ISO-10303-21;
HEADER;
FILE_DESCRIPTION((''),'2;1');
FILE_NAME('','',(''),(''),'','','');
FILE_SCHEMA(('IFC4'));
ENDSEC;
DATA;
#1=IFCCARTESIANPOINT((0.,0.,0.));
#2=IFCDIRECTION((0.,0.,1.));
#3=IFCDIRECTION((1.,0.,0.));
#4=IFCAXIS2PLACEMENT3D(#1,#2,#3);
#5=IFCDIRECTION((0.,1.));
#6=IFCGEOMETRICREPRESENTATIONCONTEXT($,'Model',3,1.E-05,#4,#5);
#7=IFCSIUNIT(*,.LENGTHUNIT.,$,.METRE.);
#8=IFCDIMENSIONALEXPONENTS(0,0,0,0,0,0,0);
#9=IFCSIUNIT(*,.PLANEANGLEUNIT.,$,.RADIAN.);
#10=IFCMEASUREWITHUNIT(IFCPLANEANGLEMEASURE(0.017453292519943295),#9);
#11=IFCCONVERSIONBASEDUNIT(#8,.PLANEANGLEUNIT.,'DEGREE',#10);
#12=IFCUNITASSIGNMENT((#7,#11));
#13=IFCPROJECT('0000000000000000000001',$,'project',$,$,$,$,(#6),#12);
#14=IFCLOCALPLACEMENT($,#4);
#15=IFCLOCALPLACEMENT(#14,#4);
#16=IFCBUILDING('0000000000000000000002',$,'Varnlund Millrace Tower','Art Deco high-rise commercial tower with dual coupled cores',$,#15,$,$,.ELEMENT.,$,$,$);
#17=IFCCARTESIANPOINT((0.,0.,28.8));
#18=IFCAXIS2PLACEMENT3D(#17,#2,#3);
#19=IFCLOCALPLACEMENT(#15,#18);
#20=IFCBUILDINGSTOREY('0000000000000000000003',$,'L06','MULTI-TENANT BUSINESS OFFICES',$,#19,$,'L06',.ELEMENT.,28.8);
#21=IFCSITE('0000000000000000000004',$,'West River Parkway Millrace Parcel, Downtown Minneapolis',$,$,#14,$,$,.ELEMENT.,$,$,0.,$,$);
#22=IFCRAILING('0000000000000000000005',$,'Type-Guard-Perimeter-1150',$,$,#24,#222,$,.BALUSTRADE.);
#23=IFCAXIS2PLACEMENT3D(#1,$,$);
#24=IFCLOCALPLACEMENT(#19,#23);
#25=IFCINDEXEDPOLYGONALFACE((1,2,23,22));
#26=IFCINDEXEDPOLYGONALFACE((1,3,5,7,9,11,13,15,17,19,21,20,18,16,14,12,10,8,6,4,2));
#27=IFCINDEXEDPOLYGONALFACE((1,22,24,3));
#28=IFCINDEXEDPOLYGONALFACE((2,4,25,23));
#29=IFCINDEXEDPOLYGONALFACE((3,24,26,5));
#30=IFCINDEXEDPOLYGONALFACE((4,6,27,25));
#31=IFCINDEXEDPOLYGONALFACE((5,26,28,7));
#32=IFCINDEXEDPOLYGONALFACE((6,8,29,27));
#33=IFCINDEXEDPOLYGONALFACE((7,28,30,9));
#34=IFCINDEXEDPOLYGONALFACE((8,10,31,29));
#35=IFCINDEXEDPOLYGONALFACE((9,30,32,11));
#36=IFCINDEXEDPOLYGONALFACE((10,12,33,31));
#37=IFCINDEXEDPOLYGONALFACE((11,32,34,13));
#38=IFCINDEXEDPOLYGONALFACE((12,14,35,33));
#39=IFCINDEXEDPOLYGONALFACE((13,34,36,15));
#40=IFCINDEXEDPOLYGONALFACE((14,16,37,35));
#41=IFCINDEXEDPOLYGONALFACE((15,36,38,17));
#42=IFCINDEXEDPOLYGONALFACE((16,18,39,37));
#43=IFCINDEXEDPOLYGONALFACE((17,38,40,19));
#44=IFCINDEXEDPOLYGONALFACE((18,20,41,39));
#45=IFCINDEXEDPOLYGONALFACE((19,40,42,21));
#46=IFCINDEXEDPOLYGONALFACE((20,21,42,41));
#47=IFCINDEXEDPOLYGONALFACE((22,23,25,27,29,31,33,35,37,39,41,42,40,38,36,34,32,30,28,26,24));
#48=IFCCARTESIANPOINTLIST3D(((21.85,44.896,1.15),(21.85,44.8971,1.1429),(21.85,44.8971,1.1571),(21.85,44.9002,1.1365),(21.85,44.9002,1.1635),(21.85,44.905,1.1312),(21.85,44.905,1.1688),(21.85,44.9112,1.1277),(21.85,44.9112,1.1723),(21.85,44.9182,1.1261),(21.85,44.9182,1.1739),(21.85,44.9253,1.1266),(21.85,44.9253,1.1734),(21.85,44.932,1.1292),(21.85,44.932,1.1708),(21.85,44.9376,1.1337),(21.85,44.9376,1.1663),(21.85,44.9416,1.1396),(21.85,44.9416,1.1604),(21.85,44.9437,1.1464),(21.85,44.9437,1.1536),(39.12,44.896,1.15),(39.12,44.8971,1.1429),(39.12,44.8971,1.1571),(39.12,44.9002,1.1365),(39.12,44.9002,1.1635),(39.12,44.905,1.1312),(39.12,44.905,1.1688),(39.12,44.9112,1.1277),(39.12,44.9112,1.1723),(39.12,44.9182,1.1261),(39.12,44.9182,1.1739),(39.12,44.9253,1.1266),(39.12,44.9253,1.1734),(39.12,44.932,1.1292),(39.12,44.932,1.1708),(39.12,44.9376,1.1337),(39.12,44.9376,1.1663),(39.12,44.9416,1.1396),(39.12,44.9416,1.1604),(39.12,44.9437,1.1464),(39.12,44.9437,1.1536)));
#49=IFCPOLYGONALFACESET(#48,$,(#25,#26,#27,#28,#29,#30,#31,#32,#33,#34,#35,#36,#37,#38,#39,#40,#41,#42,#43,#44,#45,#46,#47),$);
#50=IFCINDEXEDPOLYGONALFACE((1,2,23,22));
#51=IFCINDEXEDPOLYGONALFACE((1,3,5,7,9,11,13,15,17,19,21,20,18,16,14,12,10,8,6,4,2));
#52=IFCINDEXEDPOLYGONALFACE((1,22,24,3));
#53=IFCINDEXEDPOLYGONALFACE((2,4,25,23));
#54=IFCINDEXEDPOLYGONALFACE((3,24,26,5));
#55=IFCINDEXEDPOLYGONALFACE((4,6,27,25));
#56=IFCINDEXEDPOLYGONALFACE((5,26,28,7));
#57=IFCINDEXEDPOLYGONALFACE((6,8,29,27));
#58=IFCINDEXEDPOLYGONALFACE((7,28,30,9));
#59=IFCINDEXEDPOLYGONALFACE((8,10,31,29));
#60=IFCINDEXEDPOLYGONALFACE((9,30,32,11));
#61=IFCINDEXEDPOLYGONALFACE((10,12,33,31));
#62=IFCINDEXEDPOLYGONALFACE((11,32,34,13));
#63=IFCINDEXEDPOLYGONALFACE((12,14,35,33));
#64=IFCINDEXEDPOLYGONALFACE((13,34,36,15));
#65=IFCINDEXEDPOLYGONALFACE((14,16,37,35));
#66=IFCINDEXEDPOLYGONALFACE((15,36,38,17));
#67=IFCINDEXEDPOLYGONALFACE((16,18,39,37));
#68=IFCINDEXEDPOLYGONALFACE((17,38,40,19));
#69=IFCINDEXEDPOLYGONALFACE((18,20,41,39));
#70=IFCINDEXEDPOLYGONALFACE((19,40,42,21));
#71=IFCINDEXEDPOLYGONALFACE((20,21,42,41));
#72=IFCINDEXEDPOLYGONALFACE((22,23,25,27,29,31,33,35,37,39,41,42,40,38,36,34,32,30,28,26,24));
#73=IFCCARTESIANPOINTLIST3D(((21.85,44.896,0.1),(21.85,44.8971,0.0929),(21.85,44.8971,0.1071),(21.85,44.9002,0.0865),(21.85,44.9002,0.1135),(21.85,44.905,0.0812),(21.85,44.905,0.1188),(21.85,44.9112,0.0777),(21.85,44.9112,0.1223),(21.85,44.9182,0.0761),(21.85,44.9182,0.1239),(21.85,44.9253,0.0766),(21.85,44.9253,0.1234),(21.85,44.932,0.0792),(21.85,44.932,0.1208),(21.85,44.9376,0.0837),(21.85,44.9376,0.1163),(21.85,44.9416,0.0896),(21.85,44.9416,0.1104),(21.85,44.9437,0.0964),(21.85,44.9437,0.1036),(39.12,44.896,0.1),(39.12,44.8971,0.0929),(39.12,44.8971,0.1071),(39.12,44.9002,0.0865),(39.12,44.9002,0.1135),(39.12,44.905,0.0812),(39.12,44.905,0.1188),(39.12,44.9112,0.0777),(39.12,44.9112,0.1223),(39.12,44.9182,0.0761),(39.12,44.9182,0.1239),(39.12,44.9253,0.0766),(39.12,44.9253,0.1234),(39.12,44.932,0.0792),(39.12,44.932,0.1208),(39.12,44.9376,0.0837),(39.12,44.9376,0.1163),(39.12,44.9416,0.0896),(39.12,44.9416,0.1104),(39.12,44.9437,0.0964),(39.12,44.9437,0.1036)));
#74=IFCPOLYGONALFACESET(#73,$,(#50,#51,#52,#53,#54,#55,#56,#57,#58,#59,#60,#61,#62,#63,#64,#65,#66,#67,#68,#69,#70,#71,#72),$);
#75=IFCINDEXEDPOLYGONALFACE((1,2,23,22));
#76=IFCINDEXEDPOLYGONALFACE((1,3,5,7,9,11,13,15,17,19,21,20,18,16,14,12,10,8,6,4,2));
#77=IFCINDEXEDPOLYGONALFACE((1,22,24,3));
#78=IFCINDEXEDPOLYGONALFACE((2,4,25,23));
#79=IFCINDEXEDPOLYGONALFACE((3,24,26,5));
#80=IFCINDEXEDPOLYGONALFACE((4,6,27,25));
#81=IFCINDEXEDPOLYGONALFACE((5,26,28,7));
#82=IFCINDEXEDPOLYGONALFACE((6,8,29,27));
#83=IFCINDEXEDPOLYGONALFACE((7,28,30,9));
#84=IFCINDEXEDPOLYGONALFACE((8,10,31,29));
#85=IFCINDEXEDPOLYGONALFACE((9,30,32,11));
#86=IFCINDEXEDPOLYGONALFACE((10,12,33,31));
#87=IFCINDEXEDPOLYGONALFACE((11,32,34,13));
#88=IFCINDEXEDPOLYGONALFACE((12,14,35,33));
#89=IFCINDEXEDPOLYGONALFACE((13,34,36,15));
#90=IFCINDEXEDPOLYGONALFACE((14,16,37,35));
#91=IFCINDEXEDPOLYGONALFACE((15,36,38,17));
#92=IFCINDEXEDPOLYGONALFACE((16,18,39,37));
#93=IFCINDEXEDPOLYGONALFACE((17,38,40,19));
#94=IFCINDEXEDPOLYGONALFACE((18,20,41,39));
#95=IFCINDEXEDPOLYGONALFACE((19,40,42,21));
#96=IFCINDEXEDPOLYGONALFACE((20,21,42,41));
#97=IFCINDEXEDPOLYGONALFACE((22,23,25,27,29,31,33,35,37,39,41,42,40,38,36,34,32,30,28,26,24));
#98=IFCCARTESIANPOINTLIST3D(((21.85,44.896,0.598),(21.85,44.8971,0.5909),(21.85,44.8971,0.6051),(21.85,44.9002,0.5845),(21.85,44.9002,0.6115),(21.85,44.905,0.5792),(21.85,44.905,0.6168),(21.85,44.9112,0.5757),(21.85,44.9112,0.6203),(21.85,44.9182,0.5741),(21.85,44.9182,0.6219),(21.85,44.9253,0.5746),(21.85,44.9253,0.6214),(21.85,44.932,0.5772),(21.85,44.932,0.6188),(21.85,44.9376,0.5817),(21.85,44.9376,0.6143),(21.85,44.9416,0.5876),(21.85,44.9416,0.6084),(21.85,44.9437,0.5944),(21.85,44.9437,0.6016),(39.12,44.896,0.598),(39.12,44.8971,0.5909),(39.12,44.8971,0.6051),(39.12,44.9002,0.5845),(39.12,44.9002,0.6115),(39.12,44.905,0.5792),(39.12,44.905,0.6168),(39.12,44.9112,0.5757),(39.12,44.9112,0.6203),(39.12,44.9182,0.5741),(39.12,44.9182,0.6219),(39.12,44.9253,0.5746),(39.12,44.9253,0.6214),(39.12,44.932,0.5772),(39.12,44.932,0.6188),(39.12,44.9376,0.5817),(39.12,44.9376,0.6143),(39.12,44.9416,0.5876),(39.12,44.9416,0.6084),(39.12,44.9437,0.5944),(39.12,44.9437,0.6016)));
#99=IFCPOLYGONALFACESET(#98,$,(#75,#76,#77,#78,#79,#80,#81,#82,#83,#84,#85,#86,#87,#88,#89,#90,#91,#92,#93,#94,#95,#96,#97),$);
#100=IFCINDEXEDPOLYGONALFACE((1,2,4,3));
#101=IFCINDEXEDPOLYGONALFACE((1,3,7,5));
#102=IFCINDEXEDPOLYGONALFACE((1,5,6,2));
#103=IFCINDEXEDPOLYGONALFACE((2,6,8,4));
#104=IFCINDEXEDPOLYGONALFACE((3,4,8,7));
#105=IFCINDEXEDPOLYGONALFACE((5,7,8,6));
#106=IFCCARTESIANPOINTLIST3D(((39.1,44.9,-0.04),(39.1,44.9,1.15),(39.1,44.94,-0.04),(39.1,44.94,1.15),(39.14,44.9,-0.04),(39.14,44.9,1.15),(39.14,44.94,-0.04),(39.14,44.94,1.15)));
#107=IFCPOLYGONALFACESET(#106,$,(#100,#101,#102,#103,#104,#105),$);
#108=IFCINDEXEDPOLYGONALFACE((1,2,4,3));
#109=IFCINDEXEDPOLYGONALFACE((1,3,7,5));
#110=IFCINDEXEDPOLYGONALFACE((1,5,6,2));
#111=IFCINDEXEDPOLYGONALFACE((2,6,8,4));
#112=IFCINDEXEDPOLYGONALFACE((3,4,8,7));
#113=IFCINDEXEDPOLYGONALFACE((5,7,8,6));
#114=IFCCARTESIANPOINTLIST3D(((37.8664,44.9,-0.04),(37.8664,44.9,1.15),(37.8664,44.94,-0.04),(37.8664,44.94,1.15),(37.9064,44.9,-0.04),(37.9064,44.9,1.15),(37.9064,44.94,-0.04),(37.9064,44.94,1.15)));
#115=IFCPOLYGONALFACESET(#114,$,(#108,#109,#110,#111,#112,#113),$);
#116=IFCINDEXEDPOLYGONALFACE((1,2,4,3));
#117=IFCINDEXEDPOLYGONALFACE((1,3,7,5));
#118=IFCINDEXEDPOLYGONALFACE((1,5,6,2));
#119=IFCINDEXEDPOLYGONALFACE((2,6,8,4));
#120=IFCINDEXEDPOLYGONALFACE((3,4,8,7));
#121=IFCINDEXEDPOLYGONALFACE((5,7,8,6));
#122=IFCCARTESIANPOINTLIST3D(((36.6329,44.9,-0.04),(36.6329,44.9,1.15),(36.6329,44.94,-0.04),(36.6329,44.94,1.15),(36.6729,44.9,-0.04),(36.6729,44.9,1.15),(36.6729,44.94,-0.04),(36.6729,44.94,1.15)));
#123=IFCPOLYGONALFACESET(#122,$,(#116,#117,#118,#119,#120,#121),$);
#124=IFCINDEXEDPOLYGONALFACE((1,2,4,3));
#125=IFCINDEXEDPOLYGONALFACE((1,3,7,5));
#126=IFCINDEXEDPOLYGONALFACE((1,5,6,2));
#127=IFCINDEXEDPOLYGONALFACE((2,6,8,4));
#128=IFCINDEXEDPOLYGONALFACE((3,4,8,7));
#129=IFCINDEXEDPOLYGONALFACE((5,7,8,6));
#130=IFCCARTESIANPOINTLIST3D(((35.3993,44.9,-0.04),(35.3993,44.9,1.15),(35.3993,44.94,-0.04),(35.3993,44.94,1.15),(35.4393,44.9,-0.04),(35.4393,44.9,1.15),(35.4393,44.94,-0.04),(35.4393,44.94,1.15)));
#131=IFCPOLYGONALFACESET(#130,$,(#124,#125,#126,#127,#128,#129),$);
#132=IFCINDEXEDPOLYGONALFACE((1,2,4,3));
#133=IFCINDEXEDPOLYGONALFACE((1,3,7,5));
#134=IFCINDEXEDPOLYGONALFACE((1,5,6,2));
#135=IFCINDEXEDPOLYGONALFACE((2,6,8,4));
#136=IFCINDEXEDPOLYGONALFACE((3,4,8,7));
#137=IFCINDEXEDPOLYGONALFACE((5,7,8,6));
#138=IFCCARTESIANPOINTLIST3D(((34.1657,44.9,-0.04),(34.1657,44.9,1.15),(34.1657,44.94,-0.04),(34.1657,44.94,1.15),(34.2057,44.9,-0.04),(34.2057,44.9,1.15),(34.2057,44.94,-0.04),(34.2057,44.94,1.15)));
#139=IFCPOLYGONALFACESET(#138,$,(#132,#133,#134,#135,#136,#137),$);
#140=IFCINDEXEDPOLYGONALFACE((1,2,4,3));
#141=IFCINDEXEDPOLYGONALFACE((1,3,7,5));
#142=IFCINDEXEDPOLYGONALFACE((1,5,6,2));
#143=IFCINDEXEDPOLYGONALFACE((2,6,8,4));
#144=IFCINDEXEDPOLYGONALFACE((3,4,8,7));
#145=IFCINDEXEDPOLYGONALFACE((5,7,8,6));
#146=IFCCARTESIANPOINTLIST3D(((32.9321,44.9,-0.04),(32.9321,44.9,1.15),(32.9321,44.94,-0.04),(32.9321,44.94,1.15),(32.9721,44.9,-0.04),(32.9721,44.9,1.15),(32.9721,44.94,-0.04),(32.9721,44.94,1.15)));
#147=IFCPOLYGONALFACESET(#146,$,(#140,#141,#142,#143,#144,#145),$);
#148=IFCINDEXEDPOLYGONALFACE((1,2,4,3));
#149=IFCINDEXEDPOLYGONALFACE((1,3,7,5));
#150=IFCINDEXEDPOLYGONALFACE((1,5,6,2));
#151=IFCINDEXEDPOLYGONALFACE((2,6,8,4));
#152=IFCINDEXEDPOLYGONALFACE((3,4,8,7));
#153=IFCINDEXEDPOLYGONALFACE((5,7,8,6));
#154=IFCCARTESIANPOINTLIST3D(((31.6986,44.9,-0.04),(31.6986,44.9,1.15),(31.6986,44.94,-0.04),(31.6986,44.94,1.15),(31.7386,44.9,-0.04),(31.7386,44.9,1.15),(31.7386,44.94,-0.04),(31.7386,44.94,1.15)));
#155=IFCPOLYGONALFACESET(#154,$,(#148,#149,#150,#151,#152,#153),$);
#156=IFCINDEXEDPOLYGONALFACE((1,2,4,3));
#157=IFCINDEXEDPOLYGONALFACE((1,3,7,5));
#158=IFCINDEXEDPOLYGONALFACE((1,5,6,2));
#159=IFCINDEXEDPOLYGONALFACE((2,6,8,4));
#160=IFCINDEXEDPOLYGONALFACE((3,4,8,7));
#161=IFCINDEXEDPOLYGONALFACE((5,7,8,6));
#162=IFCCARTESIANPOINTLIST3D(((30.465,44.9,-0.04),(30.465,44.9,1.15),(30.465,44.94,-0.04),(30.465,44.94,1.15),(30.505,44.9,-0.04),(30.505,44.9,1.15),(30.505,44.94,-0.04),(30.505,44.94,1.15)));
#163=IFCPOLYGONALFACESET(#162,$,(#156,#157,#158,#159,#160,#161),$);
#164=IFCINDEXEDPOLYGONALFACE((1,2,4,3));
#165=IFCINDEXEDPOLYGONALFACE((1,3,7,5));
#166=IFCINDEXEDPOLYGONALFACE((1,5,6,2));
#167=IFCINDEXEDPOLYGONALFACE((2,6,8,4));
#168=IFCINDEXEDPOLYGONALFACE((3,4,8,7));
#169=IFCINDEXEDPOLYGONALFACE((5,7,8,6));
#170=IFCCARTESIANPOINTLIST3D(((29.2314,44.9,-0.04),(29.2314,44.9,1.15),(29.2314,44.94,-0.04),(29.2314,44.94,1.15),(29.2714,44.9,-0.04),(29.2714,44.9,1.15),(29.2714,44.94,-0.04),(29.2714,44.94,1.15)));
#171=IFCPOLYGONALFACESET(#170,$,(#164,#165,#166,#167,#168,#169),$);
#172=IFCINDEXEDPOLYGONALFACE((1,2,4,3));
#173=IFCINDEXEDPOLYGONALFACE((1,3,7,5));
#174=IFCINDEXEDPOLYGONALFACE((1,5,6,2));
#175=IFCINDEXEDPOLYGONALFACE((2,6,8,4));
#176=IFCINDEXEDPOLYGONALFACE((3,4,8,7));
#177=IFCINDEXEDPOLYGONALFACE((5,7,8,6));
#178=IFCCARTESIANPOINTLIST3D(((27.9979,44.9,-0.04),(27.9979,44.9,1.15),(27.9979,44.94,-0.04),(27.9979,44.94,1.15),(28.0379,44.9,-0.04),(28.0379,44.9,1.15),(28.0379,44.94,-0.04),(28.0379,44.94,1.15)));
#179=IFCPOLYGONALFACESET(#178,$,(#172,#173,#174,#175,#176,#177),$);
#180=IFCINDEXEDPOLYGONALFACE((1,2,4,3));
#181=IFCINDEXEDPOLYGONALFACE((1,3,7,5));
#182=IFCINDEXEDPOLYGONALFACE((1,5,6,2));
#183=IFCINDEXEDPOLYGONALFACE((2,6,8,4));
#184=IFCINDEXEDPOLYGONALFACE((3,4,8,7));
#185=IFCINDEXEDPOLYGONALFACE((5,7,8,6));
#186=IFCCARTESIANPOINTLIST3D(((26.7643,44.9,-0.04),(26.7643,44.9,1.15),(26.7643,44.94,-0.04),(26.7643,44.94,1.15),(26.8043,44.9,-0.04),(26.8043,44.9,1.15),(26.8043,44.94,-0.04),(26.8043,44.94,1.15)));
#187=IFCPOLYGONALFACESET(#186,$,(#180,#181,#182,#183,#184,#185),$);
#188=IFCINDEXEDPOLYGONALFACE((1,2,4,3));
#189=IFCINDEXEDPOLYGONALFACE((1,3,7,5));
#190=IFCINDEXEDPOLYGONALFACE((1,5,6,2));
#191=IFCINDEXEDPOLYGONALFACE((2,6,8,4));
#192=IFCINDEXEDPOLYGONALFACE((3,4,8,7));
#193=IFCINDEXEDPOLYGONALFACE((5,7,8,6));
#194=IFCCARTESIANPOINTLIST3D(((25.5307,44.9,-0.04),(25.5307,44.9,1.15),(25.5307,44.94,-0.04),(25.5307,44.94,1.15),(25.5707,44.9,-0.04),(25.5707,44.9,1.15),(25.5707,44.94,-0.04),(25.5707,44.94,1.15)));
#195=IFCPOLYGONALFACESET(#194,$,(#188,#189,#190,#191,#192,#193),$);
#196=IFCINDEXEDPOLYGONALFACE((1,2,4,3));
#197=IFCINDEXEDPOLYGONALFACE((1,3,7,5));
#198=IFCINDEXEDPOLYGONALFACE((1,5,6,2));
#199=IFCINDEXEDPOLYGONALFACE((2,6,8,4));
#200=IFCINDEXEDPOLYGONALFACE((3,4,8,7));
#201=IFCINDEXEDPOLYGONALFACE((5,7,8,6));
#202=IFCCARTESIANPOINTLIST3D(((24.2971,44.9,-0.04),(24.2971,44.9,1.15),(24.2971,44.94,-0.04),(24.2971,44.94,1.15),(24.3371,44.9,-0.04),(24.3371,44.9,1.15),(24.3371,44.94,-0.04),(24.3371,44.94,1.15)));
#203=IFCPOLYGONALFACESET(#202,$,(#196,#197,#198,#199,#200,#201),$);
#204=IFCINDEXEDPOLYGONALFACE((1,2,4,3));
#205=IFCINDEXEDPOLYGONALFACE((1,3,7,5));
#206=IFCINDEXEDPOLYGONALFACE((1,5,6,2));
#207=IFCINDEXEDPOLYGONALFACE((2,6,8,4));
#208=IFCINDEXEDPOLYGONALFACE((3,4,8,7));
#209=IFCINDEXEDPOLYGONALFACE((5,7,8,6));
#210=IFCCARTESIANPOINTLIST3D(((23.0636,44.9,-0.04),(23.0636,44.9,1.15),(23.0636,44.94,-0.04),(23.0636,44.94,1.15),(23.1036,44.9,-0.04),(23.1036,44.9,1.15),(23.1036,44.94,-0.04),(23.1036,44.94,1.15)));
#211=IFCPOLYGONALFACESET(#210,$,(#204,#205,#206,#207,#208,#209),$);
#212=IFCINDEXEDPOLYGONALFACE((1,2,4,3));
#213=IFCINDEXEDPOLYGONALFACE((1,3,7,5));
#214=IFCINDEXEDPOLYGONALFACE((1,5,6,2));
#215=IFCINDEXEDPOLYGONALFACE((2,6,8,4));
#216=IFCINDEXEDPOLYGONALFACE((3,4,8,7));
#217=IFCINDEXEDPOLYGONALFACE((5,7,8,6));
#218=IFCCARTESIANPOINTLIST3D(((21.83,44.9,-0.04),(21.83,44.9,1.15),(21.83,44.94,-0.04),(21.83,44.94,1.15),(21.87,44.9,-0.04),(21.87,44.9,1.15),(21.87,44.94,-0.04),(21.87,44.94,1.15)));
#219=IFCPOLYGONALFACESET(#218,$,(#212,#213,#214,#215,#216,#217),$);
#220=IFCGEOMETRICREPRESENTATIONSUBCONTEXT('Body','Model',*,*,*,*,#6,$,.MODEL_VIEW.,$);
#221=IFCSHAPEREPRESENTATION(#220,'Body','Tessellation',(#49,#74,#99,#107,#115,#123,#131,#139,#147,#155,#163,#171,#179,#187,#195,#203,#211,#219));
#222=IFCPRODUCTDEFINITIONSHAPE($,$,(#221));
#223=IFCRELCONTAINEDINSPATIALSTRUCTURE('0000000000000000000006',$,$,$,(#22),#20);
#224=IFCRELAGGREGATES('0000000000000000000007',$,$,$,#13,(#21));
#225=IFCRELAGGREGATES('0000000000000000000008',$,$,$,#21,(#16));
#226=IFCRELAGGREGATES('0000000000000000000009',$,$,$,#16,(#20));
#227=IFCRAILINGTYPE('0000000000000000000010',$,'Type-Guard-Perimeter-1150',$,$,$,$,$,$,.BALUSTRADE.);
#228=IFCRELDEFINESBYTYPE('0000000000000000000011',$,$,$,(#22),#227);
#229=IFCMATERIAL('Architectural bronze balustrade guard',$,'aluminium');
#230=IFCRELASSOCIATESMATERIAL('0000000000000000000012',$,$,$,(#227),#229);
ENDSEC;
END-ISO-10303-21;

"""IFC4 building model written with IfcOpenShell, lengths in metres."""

from ifc_helpers import new_model, entity, si_unit, converted_unit, direction, frame, origin_with_axes, origin_2d_with_axis, place, context, subcontext, project, spatial, rectangle, circle, extrude, material, type_object, element, save


model = new_model("IFC4")

# Units and contexts
model_context = context("Model", 3, precision=1e-05, world=origin_with_axes(), true_north=direction((0.0, 1.0)))
body_context = subcontext(model_context, "Body", "Model", "MODEL_VIEW")
ifc_project = project(units=[si_unit("LENGTHUNIT", "METRE"), converted_unit("PLANEANGLEUNIT", "DEGREE", entity("IfcPlaneAngleMeasure", 0.017453292519943295), si_unit("PLANEANGLEUNIT", "RADIAN"), dimensions=[0, 0, 0, 0, 0, 0, 0])], contexts=[model_context])

# Site, building, storey
site_placement = place(None, origin_with_axes())
site = spatial("IfcSite", under=ifc_project, at=site_placement, Name="West River Parkway Millrace Parcel, Downtown Minneapolis", CompositionType="ELEMENT", RefElevation=0.0)
building_placement = place(site_placement, origin_with_axes())
building = spatial("IfcBuilding", under=site, at=building_placement, Name="Varnlund Millrace Tower", Description="Art Deco high-rise commercial tower with dual coupled cores", CompositionType="ELEMENT")
storey_placement = place(building_placement, frame((0.0, 0.0, 28.8), z_axis=(0.0, 0.0, 1.0), x_axis=(1.0, 0.0, 0.0)))
storey = spatial("IfcBuildingStorey", under=building, at=storey_placement, Name="L06", Description="MULTI-TENANT BUSINESS OFFICES", LongName="L06", CompositionType="ELEMENT", Elevation=28.8)

# Railing
ifc_material_1 = material(Name="Architectural bronze balustrade guard", Category="aluminium")
railing_type_1 = type_object("IfcRailingType", Name="Type-Guard-Perimeter-1150", PredefinedType="BALUSTRADE", material=ifc_material_1)
railing_1_placement = place(storey_placement, frame((0.0, 0.0, -28.8), z_axis=(0.0, 0.0, 1.0), x_axis=(1.0, 0.0, 0.0)))
element("IfcRailing", 1, at=railing_1_placement, inside=storey, type_object=railing_type_1, Name="Type-Guard-Perimeter-1150", PredefinedType="BALUSTRADE", context=body_context, shape_type="SweptSolid", body=[
    extrude(circle(Radius=0.024, at=origin_2d_with_axis()), frame((39.12, 44.92, 29.95), z_axis=(-1.0, 0.0, 0.0), x_axis=(0.0, -1.0, 0.0)), (0.0, 0.0, 1.0), 17.27),
    extrude(circle(Radius=0.024, at=origin_2d_with_axis()), frame((39.12, 44.92, 28.9), z_axis=(-1.0, 0.0, 0.0), x_axis=(0.0, -1.0, 0.0)), (0.0, 0.0, 1.0), 17.27),
    extrude(circle(Radius=0.024, at=origin_2d_with_axis()), frame((39.12, 44.92, 29.398), z_axis=(-1.0, 0.0, 0.0), x_axis=(0.0, -1.0, 0.0)), (0.0, 0.0, 1.0), 17.27),
    extrude(rectangle(XDim=0.04, YDim=0.04, at=origin_2d_with_axis()), frame((39.12, 44.92, 28.76), z_axis=(0.0, 0.0, 1.0), x_axis=(1.0, 0.0, 0.0)), (0.0, 0.0, 1.0), 1.19),
    extrude(rectangle(XDim=0.04, YDim=0.04, at=origin_2d_with_axis()), frame((37.8864, 44.92, 28.76), z_axis=(0.0, 0.0, 1.0), x_axis=(1.0, 0.0, 0.0)), (0.0, 0.0, 1.0), 1.19),
    extrude(rectangle(XDim=0.04, YDim=0.04, at=origin_2d_with_axis()), frame((36.6529, 44.92, 28.76), z_axis=(0.0, 0.0, 1.0), x_axis=(1.0, 0.0, 0.0)), (0.0, 0.0, 1.0), 1.19),
    extrude(rectangle(XDim=0.04, YDim=0.04, at=origin_2d_with_axis()), frame((35.4193, 44.92, 28.76), z_axis=(0.0, 0.0, 1.0), x_axis=(1.0, 0.0, 0.0)), (0.0, 0.0, 1.0), 1.19),
    extrude(rectangle(XDim=0.04, YDim=0.04, at=origin_2d_with_axis()), frame((34.1857, 44.92, 28.76), z_axis=(0.0, 0.0, 1.0), x_axis=(1.0, 0.0, 0.0)), (0.0, 0.0, 1.0), 1.19),
    extrude(rectangle(XDim=0.04, YDim=0.04, at=origin_2d_with_axis()), frame((32.9521, 44.92, 28.76), z_axis=(0.0, 0.0, 1.0), x_axis=(1.0, 0.0, 0.0)), (0.0, 0.0, 1.0), 1.19),
    extrude(rectangle(XDim=0.04, YDim=0.04, at=origin_2d_with_axis()), frame((31.7186, 44.92, 28.76), z_axis=(0.0, 0.0, 1.0), x_axis=(1.0, 0.0, 0.0)), (0.0, 0.0, 1.0), 1.19),
    extrude(rectangle(XDim=0.04, YDim=0.04, at=origin_2d_with_axis()), frame((30.485, 44.92, 28.76), z_axis=(0.0, 0.0, 1.0), x_axis=(1.0, 0.0, 0.0)), (0.0, 0.0, 1.0), 1.19),
    extrude(rectangle(XDim=0.04, YDim=0.04, at=origin_2d_with_axis()), frame((29.2514, 44.92, 28.76), z_axis=(0.0, 0.0, 1.0), x_axis=(1.0, 0.0, 0.0)), (0.0, 0.0, 1.0), 1.19),
    extrude(rectangle(XDim=0.04, YDim=0.04, at=origin_2d_with_axis()), frame((28.0179, 44.92, 28.76), z_axis=(0.0, 0.0, 1.0), x_axis=(1.0, 0.0, 0.0)), (0.0, 0.0, 1.0), 1.19),
    extrude(rectangle(XDim=0.04, YDim=0.04, at=origin_2d_with_axis()), frame((26.7843, 44.92, 28.76), z_axis=(0.0, 0.0, 1.0), x_axis=(1.0, 0.0, 0.0)), (0.0, 0.0, 1.0), 1.19),
    extrude(rectangle(XDim=0.04, YDim=0.04, at=origin_2d_with_axis()), frame((25.5507, 44.92, 28.76), z_axis=(0.0, 0.0, 1.0), x_axis=(1.0, 0.0, 0.0)), (0.0, 0.0, 1.0), 1.19),
    extrude(rectangle(XDim=0.04, YDim=0.04, at=origin_2d_with_axis()), frame((24.3171, 44.92, 28.76), z_axis=(0.0, 0.0, 1.0), x_axis=(1.0, 0.0, 0.0)), (0.0, 0.0, 1.0), 1.19),
    extrude(rectangle(XDim=0.04, YDim=0.04, at=origin_2d_with_axis()), frame((23.0836, 44.92, 28.76), z_axis=(0.0, 0.0, 1.0), x_axis=(1.0, 0.0, 0.0)), (0.0, 0.0, 1.0), 1.19),
    extrude(rectangle(XDim=0.04, YDim=0.04, at=origin_2d_with_axis()), frame((21.85, 44.92, 28.76), z_axis=(0.0, 0.0, 1.0), x_axis=(1.0, 0.0, 0.0)), (0.0, 0.0, 1.0), 1.19),
])

save(model, "model.ifc")
